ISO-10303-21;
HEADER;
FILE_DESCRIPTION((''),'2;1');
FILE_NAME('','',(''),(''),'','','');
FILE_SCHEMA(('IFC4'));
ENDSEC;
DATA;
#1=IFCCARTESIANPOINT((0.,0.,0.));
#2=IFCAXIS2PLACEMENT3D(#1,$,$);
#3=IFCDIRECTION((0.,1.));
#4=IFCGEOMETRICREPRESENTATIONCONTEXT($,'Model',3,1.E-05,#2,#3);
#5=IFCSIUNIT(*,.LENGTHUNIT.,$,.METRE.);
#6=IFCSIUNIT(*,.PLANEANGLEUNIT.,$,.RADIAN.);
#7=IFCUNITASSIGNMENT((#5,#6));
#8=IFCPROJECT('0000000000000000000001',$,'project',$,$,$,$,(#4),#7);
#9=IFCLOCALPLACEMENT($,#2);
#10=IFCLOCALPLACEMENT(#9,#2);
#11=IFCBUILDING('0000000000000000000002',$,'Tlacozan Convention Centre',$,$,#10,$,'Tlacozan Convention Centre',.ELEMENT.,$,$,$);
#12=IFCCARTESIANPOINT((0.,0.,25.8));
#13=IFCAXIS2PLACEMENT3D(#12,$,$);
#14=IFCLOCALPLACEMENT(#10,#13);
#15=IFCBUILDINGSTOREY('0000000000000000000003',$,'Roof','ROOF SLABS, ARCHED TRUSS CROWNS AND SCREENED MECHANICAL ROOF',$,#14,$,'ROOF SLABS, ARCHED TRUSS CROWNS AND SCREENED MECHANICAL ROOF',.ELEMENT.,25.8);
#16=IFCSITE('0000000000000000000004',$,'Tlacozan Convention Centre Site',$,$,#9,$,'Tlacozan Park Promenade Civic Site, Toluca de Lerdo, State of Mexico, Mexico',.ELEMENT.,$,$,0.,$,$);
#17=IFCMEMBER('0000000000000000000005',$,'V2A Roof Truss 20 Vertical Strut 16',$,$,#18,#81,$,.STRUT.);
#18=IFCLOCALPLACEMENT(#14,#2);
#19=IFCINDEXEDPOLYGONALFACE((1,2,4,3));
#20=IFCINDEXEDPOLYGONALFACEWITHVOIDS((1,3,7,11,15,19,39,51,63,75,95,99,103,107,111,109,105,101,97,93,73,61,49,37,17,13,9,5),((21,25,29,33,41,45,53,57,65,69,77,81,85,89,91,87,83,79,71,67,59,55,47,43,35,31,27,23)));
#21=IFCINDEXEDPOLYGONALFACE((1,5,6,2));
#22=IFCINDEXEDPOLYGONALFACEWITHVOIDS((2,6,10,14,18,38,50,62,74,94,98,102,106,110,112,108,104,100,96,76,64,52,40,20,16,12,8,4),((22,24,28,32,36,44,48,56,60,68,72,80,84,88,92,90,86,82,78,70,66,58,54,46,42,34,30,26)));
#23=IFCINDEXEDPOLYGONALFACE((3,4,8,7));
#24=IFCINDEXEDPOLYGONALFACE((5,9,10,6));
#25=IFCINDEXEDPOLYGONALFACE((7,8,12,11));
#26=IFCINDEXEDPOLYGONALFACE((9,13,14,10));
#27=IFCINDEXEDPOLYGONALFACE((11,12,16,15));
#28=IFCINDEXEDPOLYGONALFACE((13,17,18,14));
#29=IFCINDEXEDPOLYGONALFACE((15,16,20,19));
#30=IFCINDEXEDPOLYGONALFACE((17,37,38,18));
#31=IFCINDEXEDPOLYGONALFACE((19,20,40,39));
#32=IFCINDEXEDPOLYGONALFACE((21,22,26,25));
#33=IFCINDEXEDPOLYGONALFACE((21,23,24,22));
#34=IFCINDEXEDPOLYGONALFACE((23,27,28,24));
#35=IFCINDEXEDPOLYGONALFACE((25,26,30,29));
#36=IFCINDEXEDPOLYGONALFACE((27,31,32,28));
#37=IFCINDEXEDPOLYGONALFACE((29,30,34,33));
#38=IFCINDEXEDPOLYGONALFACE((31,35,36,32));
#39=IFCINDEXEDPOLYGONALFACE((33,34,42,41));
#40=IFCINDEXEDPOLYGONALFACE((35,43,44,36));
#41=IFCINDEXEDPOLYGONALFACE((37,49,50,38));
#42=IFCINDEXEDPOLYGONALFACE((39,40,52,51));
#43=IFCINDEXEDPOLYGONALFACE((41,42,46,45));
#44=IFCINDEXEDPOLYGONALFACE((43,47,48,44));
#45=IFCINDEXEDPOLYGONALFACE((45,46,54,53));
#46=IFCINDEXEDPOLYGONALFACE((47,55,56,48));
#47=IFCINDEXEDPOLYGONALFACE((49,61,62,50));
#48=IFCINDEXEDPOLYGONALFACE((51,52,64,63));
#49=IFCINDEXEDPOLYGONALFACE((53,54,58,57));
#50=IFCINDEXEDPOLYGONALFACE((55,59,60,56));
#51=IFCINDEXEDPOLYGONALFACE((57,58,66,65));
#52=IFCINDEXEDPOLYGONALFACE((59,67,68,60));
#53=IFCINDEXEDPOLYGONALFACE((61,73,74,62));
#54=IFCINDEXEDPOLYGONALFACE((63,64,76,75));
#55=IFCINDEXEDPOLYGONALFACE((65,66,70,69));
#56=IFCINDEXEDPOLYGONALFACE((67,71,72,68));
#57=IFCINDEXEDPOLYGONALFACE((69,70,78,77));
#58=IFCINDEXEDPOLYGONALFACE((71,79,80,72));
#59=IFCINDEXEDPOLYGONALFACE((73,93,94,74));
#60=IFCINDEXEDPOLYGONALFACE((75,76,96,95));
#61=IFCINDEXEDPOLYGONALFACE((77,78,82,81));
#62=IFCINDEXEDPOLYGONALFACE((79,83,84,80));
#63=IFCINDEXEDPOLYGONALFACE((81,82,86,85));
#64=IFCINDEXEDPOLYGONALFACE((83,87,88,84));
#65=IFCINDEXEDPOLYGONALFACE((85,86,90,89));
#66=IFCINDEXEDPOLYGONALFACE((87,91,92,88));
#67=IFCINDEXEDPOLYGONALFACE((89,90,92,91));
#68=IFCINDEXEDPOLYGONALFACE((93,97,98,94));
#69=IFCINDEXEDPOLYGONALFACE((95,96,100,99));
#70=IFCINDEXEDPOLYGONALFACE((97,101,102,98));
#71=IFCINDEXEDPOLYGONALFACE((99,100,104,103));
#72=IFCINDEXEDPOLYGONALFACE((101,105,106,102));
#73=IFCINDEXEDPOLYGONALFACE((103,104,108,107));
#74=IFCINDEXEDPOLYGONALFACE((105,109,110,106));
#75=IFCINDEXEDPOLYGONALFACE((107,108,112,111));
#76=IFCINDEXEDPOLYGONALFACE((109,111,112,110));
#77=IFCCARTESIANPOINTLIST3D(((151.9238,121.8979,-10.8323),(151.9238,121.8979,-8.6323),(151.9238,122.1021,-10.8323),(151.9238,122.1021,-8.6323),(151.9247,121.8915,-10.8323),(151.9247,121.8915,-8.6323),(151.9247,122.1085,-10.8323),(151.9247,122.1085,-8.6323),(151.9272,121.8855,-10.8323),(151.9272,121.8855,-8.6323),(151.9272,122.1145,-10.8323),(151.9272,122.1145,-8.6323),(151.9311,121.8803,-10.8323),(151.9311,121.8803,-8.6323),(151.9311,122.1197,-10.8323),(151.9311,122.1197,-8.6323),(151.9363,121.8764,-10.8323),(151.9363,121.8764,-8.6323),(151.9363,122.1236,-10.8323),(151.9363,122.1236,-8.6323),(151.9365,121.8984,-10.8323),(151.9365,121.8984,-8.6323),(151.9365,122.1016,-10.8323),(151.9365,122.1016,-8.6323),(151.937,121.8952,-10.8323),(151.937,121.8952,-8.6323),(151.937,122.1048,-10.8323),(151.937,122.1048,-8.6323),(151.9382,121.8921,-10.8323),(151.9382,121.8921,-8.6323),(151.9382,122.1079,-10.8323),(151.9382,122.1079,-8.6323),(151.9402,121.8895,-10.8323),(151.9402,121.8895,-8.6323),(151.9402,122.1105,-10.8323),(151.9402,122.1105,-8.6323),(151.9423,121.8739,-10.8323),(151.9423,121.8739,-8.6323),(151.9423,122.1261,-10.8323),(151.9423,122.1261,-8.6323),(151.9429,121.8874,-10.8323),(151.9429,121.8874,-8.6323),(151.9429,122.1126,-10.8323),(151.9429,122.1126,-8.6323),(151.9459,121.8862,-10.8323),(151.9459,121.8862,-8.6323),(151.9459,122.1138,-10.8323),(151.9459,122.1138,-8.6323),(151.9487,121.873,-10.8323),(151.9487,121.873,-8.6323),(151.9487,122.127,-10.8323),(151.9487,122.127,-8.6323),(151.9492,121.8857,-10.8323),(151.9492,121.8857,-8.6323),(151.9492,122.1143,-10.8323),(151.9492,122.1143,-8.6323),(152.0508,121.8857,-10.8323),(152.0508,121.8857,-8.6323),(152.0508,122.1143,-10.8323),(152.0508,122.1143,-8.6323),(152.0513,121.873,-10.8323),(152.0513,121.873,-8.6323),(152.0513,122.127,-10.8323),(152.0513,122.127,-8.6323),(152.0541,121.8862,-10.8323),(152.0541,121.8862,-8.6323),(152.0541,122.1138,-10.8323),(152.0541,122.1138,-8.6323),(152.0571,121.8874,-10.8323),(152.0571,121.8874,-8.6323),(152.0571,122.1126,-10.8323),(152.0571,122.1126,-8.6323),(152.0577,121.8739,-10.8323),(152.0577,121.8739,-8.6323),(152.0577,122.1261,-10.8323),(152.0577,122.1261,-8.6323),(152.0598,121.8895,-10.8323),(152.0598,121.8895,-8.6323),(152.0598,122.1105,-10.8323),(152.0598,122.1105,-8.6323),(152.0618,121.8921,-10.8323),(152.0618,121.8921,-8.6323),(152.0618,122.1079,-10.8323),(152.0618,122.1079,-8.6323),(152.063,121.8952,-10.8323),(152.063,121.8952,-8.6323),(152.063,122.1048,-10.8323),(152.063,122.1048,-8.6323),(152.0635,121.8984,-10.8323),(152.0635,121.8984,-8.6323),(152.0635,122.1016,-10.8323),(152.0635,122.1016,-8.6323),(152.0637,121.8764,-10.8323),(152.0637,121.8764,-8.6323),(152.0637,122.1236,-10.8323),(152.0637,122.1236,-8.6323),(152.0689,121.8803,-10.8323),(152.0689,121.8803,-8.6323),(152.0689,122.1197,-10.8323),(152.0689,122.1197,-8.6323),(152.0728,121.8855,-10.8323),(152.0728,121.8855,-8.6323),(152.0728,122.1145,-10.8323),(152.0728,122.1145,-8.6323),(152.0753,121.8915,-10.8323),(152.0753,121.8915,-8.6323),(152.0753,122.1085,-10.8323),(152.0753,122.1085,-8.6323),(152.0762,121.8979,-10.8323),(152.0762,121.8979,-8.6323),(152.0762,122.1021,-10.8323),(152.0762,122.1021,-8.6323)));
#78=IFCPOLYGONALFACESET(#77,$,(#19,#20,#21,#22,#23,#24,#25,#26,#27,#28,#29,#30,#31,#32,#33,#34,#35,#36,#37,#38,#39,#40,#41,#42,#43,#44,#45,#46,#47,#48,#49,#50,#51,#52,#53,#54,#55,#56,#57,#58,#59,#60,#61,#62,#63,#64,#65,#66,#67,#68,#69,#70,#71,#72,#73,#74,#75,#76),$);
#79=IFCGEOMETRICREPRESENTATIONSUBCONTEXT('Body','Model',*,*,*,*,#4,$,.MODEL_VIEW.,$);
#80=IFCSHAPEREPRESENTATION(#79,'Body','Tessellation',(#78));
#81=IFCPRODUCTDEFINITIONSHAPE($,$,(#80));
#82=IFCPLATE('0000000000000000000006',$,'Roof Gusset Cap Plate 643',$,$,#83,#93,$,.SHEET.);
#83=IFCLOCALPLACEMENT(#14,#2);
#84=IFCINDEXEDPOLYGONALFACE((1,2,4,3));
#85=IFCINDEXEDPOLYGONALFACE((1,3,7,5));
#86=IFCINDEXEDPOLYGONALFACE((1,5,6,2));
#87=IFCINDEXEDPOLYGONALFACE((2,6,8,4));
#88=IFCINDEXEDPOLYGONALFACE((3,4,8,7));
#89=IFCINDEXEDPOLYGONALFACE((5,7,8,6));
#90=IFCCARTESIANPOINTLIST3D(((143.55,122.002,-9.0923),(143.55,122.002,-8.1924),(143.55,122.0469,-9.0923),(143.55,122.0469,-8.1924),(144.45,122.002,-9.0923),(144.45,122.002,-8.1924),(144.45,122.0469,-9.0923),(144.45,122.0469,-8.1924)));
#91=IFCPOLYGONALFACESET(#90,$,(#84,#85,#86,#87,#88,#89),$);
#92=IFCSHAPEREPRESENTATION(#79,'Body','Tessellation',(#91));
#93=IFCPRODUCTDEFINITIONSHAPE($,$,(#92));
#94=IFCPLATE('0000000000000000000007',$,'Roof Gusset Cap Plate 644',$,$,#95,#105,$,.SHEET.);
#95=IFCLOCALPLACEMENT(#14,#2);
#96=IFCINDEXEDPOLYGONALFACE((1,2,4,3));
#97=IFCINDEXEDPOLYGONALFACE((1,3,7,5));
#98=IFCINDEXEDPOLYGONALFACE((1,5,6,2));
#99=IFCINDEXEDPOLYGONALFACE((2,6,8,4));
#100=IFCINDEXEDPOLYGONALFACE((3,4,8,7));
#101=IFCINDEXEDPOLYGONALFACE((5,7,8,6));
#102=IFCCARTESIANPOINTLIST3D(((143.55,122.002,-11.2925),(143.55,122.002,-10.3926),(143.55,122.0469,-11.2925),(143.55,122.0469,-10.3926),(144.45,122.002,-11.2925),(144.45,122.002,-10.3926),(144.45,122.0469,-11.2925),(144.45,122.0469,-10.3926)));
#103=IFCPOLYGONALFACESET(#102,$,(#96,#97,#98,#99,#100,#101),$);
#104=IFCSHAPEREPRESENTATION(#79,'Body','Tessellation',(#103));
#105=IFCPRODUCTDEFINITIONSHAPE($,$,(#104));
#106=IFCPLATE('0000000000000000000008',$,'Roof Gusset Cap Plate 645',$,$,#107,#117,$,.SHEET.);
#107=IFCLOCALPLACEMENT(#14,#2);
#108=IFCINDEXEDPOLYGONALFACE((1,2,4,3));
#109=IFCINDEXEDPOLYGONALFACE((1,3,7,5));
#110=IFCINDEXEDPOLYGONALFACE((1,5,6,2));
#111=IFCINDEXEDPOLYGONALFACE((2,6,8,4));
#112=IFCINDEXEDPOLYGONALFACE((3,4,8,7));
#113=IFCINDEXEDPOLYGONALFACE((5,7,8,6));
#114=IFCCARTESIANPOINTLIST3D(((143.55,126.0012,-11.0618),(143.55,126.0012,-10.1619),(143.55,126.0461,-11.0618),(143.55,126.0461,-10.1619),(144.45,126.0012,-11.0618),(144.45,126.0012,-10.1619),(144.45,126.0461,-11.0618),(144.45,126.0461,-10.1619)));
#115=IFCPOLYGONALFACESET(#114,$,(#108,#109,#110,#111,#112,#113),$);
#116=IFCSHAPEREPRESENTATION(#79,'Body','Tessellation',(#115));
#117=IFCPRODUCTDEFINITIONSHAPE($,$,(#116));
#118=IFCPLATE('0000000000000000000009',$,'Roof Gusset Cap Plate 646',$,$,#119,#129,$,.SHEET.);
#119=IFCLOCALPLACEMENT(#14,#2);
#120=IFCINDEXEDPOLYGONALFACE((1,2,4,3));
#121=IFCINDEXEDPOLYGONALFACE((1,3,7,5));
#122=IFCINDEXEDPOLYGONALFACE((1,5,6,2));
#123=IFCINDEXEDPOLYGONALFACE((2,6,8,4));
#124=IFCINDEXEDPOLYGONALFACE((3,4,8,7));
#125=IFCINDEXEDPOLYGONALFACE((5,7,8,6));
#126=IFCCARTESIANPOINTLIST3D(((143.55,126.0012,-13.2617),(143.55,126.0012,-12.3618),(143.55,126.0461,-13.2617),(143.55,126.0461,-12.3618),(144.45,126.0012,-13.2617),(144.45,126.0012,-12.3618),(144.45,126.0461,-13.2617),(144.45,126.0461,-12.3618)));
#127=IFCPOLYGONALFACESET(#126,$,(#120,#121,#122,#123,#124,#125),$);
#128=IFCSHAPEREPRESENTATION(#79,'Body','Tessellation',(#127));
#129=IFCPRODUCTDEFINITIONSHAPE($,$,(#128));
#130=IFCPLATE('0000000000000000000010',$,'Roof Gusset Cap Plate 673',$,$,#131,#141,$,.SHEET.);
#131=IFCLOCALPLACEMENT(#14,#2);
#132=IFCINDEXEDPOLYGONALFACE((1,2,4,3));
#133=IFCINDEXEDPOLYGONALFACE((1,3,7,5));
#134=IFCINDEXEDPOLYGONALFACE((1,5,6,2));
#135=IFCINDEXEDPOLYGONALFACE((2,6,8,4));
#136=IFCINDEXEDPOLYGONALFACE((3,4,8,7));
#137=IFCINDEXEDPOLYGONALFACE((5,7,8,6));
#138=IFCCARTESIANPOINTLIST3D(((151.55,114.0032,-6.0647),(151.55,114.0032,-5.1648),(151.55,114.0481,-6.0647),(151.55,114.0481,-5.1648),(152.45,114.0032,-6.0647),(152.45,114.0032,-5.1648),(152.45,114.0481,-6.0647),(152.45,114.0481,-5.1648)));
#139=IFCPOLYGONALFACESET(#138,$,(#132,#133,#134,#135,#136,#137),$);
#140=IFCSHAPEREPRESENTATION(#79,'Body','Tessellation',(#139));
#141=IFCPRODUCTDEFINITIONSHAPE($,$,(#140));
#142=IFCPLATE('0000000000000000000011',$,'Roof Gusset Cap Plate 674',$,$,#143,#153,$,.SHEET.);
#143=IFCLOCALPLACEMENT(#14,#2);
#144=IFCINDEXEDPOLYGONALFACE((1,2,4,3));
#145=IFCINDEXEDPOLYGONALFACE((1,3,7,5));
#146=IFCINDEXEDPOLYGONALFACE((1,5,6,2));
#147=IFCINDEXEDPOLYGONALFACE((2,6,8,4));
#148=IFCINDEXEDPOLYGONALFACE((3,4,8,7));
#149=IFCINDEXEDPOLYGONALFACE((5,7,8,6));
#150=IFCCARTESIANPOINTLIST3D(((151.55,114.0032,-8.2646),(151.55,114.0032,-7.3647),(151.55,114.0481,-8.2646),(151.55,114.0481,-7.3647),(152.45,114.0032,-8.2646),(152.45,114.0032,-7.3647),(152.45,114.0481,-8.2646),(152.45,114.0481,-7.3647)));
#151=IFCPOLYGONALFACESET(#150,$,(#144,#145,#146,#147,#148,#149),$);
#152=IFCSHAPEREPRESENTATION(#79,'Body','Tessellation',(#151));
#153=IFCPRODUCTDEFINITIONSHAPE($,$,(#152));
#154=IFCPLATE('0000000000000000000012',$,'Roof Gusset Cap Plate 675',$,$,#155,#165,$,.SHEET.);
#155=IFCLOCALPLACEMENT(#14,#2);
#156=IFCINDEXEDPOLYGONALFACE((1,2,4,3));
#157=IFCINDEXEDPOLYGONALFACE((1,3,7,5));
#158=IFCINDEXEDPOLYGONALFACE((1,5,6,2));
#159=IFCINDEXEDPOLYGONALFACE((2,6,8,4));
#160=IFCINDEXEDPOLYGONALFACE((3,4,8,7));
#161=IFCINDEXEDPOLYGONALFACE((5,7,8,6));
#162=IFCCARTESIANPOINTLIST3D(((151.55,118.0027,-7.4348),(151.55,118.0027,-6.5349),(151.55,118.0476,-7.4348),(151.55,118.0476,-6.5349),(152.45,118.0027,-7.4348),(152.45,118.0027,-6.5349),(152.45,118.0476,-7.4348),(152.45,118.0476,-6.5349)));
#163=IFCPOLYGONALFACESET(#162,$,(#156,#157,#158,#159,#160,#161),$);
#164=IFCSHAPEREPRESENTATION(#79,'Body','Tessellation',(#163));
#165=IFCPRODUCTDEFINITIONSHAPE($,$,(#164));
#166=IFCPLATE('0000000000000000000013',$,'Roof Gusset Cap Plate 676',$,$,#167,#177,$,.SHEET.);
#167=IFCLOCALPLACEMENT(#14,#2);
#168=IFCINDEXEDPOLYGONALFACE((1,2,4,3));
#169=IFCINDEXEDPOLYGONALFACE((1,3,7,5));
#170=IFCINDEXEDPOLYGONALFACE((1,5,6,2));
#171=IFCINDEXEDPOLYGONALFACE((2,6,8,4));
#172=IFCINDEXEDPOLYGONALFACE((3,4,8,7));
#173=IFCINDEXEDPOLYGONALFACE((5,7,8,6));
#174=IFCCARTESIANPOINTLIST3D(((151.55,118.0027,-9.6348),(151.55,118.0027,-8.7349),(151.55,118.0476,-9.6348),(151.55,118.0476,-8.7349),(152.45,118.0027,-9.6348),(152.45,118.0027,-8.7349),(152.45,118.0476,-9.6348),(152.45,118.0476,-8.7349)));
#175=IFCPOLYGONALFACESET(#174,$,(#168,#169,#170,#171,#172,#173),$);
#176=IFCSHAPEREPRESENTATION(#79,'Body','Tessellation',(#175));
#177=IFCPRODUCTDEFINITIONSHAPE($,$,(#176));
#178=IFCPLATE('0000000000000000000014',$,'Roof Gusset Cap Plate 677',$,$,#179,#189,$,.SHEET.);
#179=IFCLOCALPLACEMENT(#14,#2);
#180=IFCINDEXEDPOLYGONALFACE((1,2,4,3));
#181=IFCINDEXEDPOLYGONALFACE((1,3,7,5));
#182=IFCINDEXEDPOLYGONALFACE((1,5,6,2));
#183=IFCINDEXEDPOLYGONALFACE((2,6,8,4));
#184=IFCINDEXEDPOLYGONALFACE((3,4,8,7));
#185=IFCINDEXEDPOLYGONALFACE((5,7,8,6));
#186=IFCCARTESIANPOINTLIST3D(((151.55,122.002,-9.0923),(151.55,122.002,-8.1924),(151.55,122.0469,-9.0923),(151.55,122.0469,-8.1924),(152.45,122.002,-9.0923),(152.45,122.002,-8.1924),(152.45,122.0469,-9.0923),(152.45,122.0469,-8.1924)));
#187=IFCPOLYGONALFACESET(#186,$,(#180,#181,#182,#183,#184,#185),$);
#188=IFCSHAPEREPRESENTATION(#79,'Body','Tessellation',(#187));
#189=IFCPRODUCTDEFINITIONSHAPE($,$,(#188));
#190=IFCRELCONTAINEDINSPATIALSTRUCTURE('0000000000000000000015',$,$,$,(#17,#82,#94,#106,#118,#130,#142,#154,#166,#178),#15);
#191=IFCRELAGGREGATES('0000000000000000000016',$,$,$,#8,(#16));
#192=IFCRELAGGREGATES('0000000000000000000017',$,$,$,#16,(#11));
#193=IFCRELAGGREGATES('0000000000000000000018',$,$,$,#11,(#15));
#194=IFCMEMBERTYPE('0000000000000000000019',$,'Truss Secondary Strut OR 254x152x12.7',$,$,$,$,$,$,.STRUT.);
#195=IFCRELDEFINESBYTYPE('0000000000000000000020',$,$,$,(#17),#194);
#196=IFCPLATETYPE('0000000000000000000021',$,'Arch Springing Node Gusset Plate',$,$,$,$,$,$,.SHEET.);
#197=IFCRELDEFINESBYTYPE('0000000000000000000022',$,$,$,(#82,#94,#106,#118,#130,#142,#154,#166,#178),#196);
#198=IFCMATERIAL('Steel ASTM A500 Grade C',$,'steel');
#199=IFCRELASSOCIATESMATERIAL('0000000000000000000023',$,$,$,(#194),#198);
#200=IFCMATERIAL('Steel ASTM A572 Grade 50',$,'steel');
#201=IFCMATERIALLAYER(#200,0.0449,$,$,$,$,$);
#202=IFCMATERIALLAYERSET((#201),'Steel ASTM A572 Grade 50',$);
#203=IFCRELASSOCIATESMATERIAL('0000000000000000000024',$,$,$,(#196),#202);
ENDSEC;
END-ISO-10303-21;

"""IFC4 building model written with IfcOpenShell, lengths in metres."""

from ifc_helpers import new_model, si_unit, direction, frame, origin, origin_2d, place, context, subcontext, project, spatial, rectangle, hollow_rectangle, extrude, material, layer, layer_set, material_profile, profile_set, type_object, element, save


model = new_model("IFC4")

# Units and contexts
model_context = context("Model", 3, precision=1e-05, world=origin(), true_north=direction((0.0, 1.0)))
body_context = subcontext(model_context, "Body", "Model", "MODEL_VIEW")
ifc_project = project(units=[si_unit("LENGTHUNIT", "METRE"), si_unit("PLANEANGLEUNIT", "RADIAN")], contexts=[model_context])

# Site, building, storey
site_placement = place(None, origin())
site = spatial("IfcSite", under=ifc_project, at=site_placement, Name="Tlacozan Convention Centre Site", LongName="Tlacozan Park Promenade Civic Site, Toluca de Lerdo, State of Mexico, Mexico", CompositionType="ELEMENT", RefElevation=0.0)
building_placement = place(site_placement, origin())
building = spatial("IfcBuilding", under=site, at=building_placement, Name="Tlacozan Convention Centre", LongName="Tlacozan Convention Centre", CompositionType="ELEMENT")
storey_placement = place(building_placement, frame((0.0, 0.0, 25.8)))
storey = spatial("IfcBuildingStorey", under=building, at=storey_placement, Name="Roof", Description="ROOF SLABS, ARCHED TRUSS CROWNS AND SCREENED MECHANICAL ROOF", LongName="ROOF SLABS, ARCHED TRUSS CROWNS AND SCREENED MECHANICAL ROOF", CompositionType="ELEMENT", Elevation=25.8)

# Member
ifc_material_1 = material(Name="Steel ASTM A500 Grade C", Category="steel")
ifc_material_profile_1 = material_profile(ifc_material_1, hollow_rectangle(XDim=0.1523, YDim=0.2539, WallThickness=0.0127, InnerFilletRadius=0.0127, OuterFilletRadius=0.0249, at=origin_2d()), Name="OR 254x152x12.7")
ifc_profile_set_1 = profile_set([ifc_material_profile_1], Name="Steel ASTM A500 Grade C")
member_type_1 = type_object("IfcMemberType", Name="Truss Secondary Strut OR 254x152x12.7", PredefinedType="STRUT", material=ifc_profile_set_1)
member_1_placement = place(storey_placement, frame((152.0, 122.0, -10.8323), z_axis=(0.0, 0.0, 1.0), x_axis=(1.0, 0.0, 0.0)))
element("IfcMember", 1, at=member_1_placement, inside=storey, type_object=member_type_1, Name="V2A Roof Truss 20 Vertical Strut 16", PredefinedType="STRUT", context=body_context, shape_type="SweptSolid", body=[
    extrude(hollow_rectangle(XDim=0.1523, YDim=0.2539, WallThickness=0.0127, InnerFilletRadius=0.0127, OuterFilletRadius=0.0249, at=origin_2d()), origin(), (0.0, 0.0, 1.0), 2.2),
])

# Plates
ifc_material_2 = material(Name="Steel ASTM A572 Grade 50", Category="steel")
ifc_layer = layer(ifc_material_2, 0.0449)
ifc_layer_set = layer_set([ifc_layer], Name="Steel ASTM A572 Grade 50")
plate_type = type_object("IfcPlateType", Name="Arch Springing Node Gusset Plate", PredefinedType="SHEET", material=ifc_layer_set)
for number, where, z_axis, x_axis, name in (
    (2, (144.0, 122.0244, -9.0923), (0.0, 0.0, 1.0), (0.0, 1.0, 0.0), "Roof Gusset Cap Plate 643"),
    (3, (144.0, 122.0244, -11.2925), (0.0, 0.0, 1.0), (0.0, 1.0, 0.0), "Roof Gusset Cap Plate 644"),
    (4, (144.0, 126.0237, -11.0618), (0.0, 0.0, 1.0), (0.0, 1.0, 0.0), "Roof Gusset Cap Plate 645"),
    (5, (144.0, 126.0237, -13.2617), (0.0, 0.0, 1.0), (0.0, 1.0, 0.0), "Roof Gusset Cap Plate 646"),
    (6, (152.0, 114.0256, -6.0647), (0.0, 0.0, 1.0), (0.0, 1.0, 0.0), "Roof Gusset Cap Plate 673"),
    (7, (152.0, 114.0256, -8.2646), (0.0, 0.0, 1.0), (0.0, 1.0, 0.0), "Roof Gusset Cap Plate 674"),
    (8, (152.0, 118.0251, -7.4348), (0.0, 0.0, 1.0), (0.0, 1.0, 0.0), "Roof Gusset Cap Plate 675"),
    (9, (152.0, 118.0251, -9.6348), (0.0, 0.0, 1.0), (0.0, 1.0, 0.0), "Roof Gusset Cap Plate 676"),
    (10, (152.0, 122.0244, -9.0923), (0.0, 0.0, 1.0), (0.0, 1.0, 0.0), "Roof Gusset Cap Plate 677"),
):
    element("IfcPlate", number, at=place(storey_placement, frame(where, z_axis=z_axis, x_axis=x_axis)), inside=storey, type_object=plate_type, Name=name, PredefinedType="SHEET", context=body_context, shape_type="SweptSolid", body=[
        extrude(rectangle(XDim=0.0449, YDim=0.8999, at=origin_2d()), origin(), (0.0, 0.0, 1.0), 0.8999),
    ])

save(model, "model.ifc")
